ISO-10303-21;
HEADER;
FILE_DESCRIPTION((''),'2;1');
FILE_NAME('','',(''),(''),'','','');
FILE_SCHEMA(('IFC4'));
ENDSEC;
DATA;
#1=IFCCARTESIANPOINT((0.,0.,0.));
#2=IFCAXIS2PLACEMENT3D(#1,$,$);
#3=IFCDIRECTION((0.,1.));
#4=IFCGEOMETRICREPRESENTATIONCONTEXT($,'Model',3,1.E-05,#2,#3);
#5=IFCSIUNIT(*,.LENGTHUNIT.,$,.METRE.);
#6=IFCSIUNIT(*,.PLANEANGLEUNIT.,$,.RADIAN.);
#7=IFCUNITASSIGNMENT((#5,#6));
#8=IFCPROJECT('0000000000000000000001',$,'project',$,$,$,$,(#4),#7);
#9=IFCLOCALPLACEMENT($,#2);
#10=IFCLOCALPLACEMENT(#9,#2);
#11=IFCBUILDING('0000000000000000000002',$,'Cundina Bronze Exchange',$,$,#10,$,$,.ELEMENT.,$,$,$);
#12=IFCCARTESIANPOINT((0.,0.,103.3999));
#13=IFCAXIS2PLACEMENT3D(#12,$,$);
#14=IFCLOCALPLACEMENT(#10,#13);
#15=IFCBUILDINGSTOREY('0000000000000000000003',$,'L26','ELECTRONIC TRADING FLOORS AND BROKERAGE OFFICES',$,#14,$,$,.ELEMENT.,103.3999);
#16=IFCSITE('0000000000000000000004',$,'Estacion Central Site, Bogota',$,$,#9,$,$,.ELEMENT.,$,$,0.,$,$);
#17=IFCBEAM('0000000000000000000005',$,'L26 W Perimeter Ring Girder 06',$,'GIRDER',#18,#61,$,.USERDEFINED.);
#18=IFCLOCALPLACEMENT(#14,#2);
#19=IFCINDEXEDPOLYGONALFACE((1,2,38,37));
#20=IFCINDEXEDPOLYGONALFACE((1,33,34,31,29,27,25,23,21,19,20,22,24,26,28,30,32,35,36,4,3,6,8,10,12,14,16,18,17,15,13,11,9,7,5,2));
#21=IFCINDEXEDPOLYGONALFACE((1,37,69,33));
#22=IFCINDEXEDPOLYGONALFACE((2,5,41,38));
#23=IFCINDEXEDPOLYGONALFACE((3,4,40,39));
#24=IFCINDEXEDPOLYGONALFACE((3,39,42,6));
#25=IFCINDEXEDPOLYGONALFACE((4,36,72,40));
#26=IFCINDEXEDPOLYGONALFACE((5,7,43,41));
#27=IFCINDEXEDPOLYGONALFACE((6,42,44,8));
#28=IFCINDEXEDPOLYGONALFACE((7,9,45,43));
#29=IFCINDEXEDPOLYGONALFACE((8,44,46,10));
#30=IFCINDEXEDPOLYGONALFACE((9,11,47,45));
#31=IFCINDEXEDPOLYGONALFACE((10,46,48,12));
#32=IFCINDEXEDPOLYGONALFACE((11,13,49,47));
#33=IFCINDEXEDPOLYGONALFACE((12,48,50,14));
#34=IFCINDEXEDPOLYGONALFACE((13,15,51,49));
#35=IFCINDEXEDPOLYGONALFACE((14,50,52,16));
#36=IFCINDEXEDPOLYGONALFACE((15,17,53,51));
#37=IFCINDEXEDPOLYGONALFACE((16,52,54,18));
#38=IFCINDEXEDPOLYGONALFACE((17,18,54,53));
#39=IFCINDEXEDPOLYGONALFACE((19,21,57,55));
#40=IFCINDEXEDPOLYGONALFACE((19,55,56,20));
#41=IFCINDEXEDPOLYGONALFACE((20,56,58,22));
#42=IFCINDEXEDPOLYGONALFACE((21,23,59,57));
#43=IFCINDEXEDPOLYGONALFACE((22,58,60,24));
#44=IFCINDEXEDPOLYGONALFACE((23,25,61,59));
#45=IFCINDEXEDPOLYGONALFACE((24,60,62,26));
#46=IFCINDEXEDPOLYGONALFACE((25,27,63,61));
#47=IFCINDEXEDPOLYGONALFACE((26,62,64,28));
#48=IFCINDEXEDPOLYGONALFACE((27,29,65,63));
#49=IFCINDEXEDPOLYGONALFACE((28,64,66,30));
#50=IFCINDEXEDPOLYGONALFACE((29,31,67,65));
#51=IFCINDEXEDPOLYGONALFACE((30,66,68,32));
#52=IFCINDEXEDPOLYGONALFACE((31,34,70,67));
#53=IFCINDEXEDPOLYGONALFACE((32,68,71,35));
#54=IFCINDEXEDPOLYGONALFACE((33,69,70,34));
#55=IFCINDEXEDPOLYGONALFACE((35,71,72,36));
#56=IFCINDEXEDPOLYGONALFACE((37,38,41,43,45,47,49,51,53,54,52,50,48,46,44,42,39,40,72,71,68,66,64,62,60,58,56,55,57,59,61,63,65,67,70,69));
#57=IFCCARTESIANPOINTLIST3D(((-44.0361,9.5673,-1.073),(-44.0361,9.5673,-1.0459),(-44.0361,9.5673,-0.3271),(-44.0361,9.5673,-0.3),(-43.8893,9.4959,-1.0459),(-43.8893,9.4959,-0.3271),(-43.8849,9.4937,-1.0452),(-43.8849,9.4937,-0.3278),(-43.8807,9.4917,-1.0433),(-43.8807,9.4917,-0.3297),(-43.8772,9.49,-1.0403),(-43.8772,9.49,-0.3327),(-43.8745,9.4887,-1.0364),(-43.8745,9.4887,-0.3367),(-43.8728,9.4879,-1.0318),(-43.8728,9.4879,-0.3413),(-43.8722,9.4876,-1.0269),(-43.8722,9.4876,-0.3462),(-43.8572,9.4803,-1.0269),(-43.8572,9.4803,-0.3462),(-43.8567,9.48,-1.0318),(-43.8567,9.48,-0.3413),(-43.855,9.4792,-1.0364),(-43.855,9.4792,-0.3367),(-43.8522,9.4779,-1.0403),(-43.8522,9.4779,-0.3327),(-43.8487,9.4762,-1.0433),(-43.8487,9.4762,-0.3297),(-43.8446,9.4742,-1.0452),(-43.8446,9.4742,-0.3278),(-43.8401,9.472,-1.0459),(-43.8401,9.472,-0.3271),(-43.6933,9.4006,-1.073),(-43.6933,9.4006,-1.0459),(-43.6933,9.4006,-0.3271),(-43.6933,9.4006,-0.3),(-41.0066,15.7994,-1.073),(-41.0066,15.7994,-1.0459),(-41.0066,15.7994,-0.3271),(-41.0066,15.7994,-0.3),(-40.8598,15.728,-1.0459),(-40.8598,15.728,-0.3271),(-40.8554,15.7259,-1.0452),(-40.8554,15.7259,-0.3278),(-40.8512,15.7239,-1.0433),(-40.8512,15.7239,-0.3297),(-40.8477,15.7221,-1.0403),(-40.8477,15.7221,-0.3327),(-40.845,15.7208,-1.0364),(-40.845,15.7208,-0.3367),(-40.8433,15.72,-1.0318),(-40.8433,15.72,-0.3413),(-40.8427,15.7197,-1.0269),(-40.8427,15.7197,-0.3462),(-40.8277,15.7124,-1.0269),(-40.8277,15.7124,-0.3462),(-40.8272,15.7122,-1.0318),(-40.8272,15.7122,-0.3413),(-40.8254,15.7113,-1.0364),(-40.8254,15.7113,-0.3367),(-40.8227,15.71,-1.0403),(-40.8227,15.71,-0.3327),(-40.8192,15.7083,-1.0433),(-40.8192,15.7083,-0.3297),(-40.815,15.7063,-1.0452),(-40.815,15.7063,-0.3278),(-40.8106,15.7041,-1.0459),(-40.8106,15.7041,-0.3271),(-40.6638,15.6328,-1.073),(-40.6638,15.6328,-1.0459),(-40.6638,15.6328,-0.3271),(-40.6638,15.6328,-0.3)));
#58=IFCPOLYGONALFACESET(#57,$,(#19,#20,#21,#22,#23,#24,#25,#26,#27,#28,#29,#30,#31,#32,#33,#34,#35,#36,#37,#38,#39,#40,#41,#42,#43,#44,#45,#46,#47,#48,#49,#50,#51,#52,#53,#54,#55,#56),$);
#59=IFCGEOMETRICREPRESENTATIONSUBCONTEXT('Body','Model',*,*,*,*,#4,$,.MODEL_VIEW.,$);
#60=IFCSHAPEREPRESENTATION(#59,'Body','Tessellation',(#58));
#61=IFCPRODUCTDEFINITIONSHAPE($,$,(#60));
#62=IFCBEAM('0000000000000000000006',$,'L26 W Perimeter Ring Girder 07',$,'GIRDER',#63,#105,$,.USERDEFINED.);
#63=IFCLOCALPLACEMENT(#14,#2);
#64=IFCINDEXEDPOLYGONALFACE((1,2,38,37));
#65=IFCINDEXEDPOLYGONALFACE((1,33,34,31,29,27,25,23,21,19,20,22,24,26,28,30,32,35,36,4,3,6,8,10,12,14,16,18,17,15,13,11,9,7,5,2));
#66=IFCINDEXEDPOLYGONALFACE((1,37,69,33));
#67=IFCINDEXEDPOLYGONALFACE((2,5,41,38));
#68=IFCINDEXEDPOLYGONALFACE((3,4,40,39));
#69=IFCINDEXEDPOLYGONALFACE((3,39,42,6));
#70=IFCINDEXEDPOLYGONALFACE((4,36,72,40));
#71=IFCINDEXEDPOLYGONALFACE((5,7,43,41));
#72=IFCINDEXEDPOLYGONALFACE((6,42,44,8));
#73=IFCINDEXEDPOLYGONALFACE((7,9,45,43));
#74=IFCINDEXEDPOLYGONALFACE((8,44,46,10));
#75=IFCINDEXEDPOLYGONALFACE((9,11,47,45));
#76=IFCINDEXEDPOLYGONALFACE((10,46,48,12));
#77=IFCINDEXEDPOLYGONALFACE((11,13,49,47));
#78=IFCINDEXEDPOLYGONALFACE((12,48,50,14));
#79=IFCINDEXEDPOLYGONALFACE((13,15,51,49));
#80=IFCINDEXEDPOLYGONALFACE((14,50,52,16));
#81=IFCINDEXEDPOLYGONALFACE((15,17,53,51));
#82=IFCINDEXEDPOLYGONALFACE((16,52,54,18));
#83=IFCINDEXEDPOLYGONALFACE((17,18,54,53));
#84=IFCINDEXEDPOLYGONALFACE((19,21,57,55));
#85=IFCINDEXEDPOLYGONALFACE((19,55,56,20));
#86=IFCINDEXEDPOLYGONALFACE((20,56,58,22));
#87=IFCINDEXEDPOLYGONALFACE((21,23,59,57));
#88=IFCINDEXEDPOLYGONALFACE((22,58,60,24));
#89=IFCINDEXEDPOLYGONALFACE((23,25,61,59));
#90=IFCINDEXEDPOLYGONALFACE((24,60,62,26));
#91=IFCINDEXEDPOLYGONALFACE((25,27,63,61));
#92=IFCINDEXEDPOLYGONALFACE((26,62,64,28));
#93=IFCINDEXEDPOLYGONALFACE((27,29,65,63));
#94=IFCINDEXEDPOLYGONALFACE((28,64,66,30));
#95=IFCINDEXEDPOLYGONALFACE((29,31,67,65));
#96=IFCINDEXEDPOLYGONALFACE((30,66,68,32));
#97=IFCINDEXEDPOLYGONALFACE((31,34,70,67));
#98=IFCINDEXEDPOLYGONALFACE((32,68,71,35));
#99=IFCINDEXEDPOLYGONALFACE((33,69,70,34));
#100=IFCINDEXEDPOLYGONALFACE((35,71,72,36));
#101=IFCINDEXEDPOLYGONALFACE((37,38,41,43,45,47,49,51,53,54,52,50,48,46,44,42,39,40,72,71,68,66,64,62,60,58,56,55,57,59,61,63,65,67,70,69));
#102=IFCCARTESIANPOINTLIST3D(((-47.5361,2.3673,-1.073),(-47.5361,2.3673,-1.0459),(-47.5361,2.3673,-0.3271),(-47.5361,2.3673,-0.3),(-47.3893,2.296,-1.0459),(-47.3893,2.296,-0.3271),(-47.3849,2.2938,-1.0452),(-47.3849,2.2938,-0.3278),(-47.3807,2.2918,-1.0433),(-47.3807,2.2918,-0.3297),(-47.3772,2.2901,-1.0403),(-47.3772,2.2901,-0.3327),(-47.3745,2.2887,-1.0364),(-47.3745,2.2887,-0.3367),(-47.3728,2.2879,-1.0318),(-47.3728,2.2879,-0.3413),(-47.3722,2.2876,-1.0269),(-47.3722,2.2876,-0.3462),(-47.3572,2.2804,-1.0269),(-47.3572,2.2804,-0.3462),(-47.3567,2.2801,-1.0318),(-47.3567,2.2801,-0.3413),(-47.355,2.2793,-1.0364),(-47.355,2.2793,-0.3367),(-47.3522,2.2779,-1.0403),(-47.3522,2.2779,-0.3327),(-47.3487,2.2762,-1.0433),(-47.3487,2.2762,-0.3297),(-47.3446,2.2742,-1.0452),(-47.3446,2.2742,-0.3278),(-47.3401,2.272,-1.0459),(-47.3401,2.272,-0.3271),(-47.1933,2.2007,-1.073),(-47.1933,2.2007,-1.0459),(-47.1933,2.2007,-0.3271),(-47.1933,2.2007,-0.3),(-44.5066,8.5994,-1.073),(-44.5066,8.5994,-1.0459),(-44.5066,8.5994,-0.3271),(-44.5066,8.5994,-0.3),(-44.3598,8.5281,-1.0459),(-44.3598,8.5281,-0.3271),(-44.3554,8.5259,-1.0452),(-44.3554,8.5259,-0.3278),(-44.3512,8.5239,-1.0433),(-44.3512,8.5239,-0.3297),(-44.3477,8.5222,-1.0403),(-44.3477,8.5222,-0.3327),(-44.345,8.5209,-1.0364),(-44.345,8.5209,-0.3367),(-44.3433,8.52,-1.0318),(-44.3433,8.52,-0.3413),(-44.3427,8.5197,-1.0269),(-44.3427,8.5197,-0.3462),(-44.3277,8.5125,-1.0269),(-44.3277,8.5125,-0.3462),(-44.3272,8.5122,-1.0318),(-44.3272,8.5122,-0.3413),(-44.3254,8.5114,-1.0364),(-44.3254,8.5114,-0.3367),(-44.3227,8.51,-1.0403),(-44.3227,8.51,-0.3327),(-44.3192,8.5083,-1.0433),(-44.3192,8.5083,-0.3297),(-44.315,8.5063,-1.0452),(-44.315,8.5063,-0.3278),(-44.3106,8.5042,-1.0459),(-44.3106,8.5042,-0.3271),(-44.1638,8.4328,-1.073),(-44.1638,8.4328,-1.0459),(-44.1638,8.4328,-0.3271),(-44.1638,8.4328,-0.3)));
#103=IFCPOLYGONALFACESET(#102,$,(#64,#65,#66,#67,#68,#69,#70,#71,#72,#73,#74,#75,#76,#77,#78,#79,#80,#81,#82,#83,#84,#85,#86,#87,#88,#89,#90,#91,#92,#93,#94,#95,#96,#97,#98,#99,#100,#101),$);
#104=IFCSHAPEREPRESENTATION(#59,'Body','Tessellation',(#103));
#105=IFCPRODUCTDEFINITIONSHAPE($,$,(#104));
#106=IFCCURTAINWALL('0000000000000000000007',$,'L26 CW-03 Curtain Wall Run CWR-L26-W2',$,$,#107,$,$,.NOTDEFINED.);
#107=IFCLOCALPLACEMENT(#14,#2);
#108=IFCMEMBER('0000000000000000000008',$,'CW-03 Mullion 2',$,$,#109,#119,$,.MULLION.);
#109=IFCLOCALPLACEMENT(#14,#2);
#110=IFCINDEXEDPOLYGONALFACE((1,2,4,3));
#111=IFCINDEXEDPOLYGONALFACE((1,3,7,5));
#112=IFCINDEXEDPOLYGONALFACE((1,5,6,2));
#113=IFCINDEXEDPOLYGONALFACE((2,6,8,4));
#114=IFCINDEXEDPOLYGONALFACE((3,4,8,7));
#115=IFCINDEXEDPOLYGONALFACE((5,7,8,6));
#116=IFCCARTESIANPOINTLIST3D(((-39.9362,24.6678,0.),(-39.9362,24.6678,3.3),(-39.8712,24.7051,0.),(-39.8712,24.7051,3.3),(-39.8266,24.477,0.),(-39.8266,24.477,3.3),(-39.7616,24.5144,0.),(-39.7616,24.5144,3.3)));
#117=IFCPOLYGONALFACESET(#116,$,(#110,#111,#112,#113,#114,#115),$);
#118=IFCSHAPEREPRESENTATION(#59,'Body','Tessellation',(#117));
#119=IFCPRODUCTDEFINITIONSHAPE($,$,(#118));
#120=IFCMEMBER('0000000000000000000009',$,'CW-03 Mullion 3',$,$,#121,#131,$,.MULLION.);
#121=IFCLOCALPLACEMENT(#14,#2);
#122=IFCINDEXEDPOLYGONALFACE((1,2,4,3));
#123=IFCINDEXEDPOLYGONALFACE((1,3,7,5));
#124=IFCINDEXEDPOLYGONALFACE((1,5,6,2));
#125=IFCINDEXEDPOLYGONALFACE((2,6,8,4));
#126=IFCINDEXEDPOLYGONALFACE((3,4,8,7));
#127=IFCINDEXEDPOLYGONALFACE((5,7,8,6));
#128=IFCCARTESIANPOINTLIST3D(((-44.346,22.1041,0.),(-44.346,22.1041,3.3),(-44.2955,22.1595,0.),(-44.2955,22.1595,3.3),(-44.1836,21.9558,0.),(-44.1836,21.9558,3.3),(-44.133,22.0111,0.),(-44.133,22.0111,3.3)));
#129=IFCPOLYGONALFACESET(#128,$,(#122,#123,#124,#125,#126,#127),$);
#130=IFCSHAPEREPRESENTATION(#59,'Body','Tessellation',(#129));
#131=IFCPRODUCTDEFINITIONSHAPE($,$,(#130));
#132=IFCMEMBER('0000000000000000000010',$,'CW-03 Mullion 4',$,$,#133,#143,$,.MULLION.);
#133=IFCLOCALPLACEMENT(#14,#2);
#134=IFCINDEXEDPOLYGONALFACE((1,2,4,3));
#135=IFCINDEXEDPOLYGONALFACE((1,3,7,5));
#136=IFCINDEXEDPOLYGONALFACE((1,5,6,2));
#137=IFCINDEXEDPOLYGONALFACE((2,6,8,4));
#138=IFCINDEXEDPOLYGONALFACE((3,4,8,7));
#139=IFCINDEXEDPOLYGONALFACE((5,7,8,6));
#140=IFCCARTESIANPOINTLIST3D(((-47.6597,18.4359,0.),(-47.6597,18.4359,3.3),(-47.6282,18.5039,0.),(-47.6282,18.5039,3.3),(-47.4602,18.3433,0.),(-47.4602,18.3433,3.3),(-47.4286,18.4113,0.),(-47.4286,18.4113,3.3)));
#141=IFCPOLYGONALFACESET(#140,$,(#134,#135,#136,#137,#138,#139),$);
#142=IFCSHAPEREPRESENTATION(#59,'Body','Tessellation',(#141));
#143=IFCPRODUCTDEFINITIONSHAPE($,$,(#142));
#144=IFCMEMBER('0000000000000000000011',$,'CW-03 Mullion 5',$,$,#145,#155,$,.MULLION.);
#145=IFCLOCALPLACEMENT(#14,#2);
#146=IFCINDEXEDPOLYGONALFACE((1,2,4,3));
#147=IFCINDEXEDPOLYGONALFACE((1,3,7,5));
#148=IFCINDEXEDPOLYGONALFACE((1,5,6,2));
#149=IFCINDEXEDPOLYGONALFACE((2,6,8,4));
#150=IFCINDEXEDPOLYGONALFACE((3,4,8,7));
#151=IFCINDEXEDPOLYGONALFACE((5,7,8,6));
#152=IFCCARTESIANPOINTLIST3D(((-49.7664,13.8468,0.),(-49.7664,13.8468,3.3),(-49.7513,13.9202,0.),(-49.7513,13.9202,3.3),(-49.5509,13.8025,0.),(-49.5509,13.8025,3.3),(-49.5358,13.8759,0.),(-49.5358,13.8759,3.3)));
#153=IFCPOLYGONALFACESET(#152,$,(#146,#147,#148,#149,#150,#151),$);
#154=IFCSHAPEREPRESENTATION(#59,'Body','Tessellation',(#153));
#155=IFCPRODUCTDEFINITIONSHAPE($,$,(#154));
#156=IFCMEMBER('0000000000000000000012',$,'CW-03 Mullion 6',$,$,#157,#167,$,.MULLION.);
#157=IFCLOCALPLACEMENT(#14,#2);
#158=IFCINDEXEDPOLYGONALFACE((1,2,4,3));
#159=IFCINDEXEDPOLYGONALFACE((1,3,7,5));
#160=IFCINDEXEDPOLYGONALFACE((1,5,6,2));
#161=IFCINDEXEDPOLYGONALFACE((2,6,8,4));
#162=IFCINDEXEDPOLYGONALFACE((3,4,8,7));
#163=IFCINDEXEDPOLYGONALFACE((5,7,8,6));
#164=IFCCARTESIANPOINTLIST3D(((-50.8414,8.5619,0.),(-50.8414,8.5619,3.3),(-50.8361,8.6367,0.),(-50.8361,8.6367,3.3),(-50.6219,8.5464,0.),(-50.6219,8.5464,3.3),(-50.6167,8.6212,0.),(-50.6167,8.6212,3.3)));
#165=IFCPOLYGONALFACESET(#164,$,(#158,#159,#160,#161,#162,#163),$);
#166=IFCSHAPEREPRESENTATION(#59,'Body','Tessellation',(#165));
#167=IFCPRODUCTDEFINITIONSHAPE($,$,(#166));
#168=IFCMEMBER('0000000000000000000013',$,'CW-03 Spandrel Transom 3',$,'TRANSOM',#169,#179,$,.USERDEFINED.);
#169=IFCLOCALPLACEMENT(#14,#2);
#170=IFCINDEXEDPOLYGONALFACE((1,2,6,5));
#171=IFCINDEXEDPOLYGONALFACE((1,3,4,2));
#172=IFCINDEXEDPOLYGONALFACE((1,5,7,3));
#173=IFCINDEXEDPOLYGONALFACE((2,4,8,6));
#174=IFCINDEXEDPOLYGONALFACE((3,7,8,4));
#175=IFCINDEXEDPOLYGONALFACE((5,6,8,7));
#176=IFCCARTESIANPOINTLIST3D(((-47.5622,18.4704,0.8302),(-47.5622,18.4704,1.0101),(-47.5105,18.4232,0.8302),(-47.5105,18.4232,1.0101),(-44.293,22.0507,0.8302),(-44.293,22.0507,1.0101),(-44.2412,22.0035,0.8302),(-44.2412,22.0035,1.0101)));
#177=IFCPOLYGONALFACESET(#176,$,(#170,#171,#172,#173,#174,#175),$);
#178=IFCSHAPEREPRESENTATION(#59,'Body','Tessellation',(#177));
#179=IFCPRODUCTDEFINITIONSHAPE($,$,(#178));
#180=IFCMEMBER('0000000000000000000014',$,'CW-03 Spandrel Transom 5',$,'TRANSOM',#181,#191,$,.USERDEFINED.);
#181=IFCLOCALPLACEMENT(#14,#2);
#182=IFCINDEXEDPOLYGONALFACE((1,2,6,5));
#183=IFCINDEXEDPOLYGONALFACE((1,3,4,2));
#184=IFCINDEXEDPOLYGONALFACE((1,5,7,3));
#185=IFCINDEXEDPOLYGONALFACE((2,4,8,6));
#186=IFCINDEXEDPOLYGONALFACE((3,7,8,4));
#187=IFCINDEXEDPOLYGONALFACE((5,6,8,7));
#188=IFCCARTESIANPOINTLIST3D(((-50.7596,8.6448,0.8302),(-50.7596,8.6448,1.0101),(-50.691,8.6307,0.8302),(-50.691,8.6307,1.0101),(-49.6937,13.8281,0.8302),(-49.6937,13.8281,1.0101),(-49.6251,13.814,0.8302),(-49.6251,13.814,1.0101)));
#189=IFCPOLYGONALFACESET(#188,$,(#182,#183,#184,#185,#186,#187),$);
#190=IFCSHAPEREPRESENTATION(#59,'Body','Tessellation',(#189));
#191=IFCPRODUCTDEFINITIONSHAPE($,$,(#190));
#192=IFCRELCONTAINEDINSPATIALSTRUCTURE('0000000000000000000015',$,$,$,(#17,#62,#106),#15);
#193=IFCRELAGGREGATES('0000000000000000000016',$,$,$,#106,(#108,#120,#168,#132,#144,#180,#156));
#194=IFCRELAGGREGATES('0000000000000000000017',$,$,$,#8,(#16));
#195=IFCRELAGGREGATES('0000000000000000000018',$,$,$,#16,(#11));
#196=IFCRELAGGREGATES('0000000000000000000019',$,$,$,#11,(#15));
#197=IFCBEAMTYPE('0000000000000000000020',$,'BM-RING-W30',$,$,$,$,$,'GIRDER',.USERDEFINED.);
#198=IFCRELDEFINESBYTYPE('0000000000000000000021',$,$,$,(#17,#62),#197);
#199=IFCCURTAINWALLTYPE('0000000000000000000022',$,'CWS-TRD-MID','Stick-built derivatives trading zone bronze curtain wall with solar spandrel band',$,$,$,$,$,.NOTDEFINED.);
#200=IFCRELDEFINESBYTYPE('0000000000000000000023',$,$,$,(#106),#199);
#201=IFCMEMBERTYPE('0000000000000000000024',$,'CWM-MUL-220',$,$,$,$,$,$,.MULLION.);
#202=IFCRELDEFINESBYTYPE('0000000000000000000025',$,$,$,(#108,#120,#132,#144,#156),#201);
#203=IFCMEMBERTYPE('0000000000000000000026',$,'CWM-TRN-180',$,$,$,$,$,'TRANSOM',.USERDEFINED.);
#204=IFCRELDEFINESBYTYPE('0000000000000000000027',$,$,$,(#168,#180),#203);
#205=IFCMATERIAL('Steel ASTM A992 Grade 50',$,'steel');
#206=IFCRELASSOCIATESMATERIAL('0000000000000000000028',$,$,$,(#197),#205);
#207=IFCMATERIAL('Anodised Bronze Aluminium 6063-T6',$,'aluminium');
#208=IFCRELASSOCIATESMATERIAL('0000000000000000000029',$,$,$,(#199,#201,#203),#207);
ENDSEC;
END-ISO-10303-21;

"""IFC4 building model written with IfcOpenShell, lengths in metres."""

from ifc_helpers import new_model, si_unit, direction, frame, origin, origin_2d, place, context, subcontext, project, spatial, rectangle, i_section, extrude, material, material_profile, profile_set, type_object, element, aggregate, save


model = new_model("IFC4")

# Units and contexts
model_context = context("Model", 3, precision=1e-05, world=origin(), true_north=direction((0.0, 1.0)))
body_context = subcontext(model_context, "Body", "Model", "MODEL_VIEW")
ifc_project = project(units=[si_unit("LENGTHUNIT", "METRE"), si_unit("PLANEANGLEUNIT", "RADIAN")], contexts=[model_context])

# Site, building, storey
site_placement = place(None, origin())
site = spatial("IfcSite", under=ifc_project, at=site_placement, Name="Estacion Central Site, Bogota", CompositionType="ELEMENT", RefElevation=0.0)
building_placement = place(site_placement, origin())
building = spatial("IfcBuilding", under=site, at=building_placement, Name="Cundina Bronze Exchange", CompositionType="ELEMENT")
storey_placement = place(building_placement, frame((0.0, 0.0, 103.3999)))
storey = spatial("IfcBuildingStorey", under=building, at=storey_placement, Name="L26", Description="ELECTRONIC TRADING FLOORS AND BROKERAGE OFFICES", CompositionType="ELEMENT", Elevation=103.3999)

# Beams
ifc_material_1 = material(Name="Steel ASTM A992 Grade 50", Category="steel")
ifc_material_profile_1 = material_profile(ifc_material_1, i_section(OverallWidth=0.3811, OverallDepth=0.7729, WebThickness=0.0166, FlangeThickness=0.0271, FilletRadius=0.019, at=origin_2d()), Name="W30X173", Category="steel")
ifc_profile_set_1 = profile_set([ifc_material_profile_1], Name="Steel ASTM A992 Grade 50")
beam_type_1 = type_object("IfcBeamType", Name="BM-RING-W30", ElementType="GIRDER", PredefinedType="USERDEFINED", material=ifc_profile_set_1)
for number, where, z_axis, x_axis, name in (
    (1, (-40.8352, 15.7161, -0.6865), (-0.437194, -0.899367, 0.0), (0.899367, -0.437194, 0.0), "L26 W Perimeter Ring Girder 06"),
    (2, (-44.3352, 8.5161, -0.6865), (-0.437194, -0.899367, 0.0), (0.899367, -0.437194, 0.0), "L26 W Perimeter Ring Girder 07"),
):
    element("IfcBeam", number, at=place(storey_placement, frame(where, z_axis=z_axis, x_axis=x_axis)), inside=storey, type_object=beam_type_1, Name=name, ObjectType="GIRDER", PredefinedType="USERDEFINED", context=body_context, shape_type="SweptSolid", body=[
        extrude(i_section(OverallWidth=0.3811, OverallDepth=0.7729, WebThickness=0.0166, FlangeThickness=0.0271, FilletRadius=0.019, at=origin_2d()), origin(), (0.0, 0.0, 1.0), 6.9294),
    ])

# Curtain wall, members
ifc_material_2 = material(Name="Anodised Bronze Aluminium 6063-T6", Category="aluminium")
curtain_wall_type = type_object("IfcCurtainWallType", Name="CWS-TRD-MID", Description="Stick-built derivatives trading zone bronze curtain wall with solar spandrel band", PredefinedType="NOTDEFINED", material=ifc_material_2)
curtain_wall_placement = place(storey_placement, origin())
curtain_wall = element("IfcCurtainWall", 3, at=curtain_wall_placement, inside=storey, type_object=curtain_wall_type, Name="L26 CW-03 Curtain Wall Run CWR-L26-W2", PredefinedType="NOTDEFINED")
ifc_material_profile_2 = material_profile(ifc_material_2, rectangle(XDim=0.075, YDim=0.22, at=origin_2d()), Name="AL75X220", Category="aluminium")
ifc_profile_set_2 = profile_set([ifc_material_profile_2], Name="Anodised Bronze Aluminium 6063-T6")
member_type_1 = type_object("IfcMemberType", Name="CWM-MUL-220", PredefinedType="MULLION", material=ifc_profile_set_2)
member_1_placement = place(storey_placement, frame((-39.8489, 24.5911, 0.0), z_axis=(0.0, 0.0, 1.0), x_axis=(-0.867071, -0.498185, 0.0)))
member_1 = element("IfcMember", 4, at=member_1_placement, type_object=member_type_1, Name="CW-03 Mullion 2", PredefinedType="MULLION", context=body_context, shape_type="SweptSolid", body=[
    extrude(rectangle(XDim=0.075, YDim=0.22, at=origin_2d()), origin(), (0.0, 0.0, 1.0), 3.3),
])
member_2_placement = place(storey_placement, frame((-44.2395, 22.0576, 0.0), z_axis=(0.0, 0.0, 1.0), x_axis=(-0.674302, -0.738455, 0.0)))
member_2 = element("IfcMember", 5, at=member_2_placement, type_object=member_type_1, Name="CW-03 Mullion 3", PredefinedType="MULLION", context=body_context, shape_type="SweptSolid", body=[
    extrude(rectangle(XDim=0.075, YDim=0.22, at=origin_2d()), origin(), (0.0, 0.0, 1.0), 3.3),
])
member_3_placement = place(storey_placement, frame((-47.5442, 18.4236, 0.0), z_axis=(0.0, 0.0, 1.0), x_axis=(-0.420877, -0.907117, 0.0)))
member_3 = element("IfcMember", 6, at=member_3_placement, type_object=member_type_1, Name="CW-03 Mullion 4", PredefinedType="MULLION", context=body_context, shape_type="SweptSolid", body=[
    extrude(rectangle(XDim=0.075, YDim=0.22, at=origin_2d()), origin(), (0.0, 0.0, 1.0), 3.3),
])
member_4_placement = place(storey_placement, frame((-49.6511, 13.8613, 0.0), z_axis=(0.0, 0.0, 1.0), x_axis=(-0.20142, -0.979505, 0.0)))
member_4 = element("IfcMember", 7, at=member_4_placement, type_object=member_type_1, Name="CW-03 Mullion 5", PredefinedType="MULLION", context=body_context, shape_type="SweptSolid", body=[
    extrude(rectangle(XDim=0.075, YDim=0.22, at=origin_2d()), origin(), (0.0, 0.0, 1.0), 3.3),
])
member_5_placement = place(storey_placement, frame((-50.729, 8.5916, 0.0), z_axis=(0.0, 0.0, 1.0), x_axis=(-0.070279, -0.997527, 0.0)))
member_5 = element("IfcMember", 8, at=member_5_placement, type_object=member_type_1, Name="CW-03 Mullion 6", PredefinedType="MULLION", context=body_context, shape_type="SweptSolid", body=[
    extrude(rectangle(XDim=0.075, YDim=0.22, at=origin_2d()), origin(), (0.0, 0.0, 1.0), 3.3),
])
ifc_material_profile_3 = material_profile(ifc_material_2, rectangle(XDim=0.0701, YDim=0.1799, at=origin_2d()), Name="AL70X180", Category="aluminium")
ifc_profile_set_3 = profile_set([ifc_material_profile_3], Name="Anodised Bronze Aluminium 6063-T6")
member_type_2 = type_object("IfcMemberType", Name="CWM-TRN-180", ElementType="TRANSOM", PredefinedType="USERDEFINED", material=ifc_profile_set_3)
member_6_placement = place(storey_placement, frame((-44.2671, 22.0271, 0.9202), z_axis=(-0.674303, -0.738455, 0.0), x_axis=(0.738455, -0.674303, 0.0)))
member_6 = element("IfcMember", 9, at=member_6_placement, type_object=member_type_2, Name="CW-03 Spandrel Transom 3", ObjectType="TRANSOM", PredefinedType="USERDEFINED", context=body_context, shape_type="SweptSolid", body=[
    extrude(rectangle(XDim=0.0701, YDim=0.1799, at=origin_2d()), origin(), (0.0, 0.0, 1.0), 4.8484),
])
member_7_placement = place(storey_placement, frame((-49.6594, 13.821, 0.9202), z_axis=(-0.201428, -0.979503, 0.0), x_axis=(0.979503, -0.201428, 0.0)))
member_7 = element("IfcMember", 10, at=member_7_placement, type_object=member_type_2, Name="CW-03 Spandrel Transom 5", ObjectType="TRANSOM", PredefinedType="USERDEFINED", context=body_context, shape_type="SweptSolid", body=[
    extrude(rectangle(XDim=0.0701, YDim=0.1799, at=origin_2d()), origin(), (0.0, 0.0, 1.0), 5.2917),
])
aggregate(curtain_wall, [member_1, member_2, member_6, member_3, member_4, member_7, member_5])

save(model, "model.ifc")
